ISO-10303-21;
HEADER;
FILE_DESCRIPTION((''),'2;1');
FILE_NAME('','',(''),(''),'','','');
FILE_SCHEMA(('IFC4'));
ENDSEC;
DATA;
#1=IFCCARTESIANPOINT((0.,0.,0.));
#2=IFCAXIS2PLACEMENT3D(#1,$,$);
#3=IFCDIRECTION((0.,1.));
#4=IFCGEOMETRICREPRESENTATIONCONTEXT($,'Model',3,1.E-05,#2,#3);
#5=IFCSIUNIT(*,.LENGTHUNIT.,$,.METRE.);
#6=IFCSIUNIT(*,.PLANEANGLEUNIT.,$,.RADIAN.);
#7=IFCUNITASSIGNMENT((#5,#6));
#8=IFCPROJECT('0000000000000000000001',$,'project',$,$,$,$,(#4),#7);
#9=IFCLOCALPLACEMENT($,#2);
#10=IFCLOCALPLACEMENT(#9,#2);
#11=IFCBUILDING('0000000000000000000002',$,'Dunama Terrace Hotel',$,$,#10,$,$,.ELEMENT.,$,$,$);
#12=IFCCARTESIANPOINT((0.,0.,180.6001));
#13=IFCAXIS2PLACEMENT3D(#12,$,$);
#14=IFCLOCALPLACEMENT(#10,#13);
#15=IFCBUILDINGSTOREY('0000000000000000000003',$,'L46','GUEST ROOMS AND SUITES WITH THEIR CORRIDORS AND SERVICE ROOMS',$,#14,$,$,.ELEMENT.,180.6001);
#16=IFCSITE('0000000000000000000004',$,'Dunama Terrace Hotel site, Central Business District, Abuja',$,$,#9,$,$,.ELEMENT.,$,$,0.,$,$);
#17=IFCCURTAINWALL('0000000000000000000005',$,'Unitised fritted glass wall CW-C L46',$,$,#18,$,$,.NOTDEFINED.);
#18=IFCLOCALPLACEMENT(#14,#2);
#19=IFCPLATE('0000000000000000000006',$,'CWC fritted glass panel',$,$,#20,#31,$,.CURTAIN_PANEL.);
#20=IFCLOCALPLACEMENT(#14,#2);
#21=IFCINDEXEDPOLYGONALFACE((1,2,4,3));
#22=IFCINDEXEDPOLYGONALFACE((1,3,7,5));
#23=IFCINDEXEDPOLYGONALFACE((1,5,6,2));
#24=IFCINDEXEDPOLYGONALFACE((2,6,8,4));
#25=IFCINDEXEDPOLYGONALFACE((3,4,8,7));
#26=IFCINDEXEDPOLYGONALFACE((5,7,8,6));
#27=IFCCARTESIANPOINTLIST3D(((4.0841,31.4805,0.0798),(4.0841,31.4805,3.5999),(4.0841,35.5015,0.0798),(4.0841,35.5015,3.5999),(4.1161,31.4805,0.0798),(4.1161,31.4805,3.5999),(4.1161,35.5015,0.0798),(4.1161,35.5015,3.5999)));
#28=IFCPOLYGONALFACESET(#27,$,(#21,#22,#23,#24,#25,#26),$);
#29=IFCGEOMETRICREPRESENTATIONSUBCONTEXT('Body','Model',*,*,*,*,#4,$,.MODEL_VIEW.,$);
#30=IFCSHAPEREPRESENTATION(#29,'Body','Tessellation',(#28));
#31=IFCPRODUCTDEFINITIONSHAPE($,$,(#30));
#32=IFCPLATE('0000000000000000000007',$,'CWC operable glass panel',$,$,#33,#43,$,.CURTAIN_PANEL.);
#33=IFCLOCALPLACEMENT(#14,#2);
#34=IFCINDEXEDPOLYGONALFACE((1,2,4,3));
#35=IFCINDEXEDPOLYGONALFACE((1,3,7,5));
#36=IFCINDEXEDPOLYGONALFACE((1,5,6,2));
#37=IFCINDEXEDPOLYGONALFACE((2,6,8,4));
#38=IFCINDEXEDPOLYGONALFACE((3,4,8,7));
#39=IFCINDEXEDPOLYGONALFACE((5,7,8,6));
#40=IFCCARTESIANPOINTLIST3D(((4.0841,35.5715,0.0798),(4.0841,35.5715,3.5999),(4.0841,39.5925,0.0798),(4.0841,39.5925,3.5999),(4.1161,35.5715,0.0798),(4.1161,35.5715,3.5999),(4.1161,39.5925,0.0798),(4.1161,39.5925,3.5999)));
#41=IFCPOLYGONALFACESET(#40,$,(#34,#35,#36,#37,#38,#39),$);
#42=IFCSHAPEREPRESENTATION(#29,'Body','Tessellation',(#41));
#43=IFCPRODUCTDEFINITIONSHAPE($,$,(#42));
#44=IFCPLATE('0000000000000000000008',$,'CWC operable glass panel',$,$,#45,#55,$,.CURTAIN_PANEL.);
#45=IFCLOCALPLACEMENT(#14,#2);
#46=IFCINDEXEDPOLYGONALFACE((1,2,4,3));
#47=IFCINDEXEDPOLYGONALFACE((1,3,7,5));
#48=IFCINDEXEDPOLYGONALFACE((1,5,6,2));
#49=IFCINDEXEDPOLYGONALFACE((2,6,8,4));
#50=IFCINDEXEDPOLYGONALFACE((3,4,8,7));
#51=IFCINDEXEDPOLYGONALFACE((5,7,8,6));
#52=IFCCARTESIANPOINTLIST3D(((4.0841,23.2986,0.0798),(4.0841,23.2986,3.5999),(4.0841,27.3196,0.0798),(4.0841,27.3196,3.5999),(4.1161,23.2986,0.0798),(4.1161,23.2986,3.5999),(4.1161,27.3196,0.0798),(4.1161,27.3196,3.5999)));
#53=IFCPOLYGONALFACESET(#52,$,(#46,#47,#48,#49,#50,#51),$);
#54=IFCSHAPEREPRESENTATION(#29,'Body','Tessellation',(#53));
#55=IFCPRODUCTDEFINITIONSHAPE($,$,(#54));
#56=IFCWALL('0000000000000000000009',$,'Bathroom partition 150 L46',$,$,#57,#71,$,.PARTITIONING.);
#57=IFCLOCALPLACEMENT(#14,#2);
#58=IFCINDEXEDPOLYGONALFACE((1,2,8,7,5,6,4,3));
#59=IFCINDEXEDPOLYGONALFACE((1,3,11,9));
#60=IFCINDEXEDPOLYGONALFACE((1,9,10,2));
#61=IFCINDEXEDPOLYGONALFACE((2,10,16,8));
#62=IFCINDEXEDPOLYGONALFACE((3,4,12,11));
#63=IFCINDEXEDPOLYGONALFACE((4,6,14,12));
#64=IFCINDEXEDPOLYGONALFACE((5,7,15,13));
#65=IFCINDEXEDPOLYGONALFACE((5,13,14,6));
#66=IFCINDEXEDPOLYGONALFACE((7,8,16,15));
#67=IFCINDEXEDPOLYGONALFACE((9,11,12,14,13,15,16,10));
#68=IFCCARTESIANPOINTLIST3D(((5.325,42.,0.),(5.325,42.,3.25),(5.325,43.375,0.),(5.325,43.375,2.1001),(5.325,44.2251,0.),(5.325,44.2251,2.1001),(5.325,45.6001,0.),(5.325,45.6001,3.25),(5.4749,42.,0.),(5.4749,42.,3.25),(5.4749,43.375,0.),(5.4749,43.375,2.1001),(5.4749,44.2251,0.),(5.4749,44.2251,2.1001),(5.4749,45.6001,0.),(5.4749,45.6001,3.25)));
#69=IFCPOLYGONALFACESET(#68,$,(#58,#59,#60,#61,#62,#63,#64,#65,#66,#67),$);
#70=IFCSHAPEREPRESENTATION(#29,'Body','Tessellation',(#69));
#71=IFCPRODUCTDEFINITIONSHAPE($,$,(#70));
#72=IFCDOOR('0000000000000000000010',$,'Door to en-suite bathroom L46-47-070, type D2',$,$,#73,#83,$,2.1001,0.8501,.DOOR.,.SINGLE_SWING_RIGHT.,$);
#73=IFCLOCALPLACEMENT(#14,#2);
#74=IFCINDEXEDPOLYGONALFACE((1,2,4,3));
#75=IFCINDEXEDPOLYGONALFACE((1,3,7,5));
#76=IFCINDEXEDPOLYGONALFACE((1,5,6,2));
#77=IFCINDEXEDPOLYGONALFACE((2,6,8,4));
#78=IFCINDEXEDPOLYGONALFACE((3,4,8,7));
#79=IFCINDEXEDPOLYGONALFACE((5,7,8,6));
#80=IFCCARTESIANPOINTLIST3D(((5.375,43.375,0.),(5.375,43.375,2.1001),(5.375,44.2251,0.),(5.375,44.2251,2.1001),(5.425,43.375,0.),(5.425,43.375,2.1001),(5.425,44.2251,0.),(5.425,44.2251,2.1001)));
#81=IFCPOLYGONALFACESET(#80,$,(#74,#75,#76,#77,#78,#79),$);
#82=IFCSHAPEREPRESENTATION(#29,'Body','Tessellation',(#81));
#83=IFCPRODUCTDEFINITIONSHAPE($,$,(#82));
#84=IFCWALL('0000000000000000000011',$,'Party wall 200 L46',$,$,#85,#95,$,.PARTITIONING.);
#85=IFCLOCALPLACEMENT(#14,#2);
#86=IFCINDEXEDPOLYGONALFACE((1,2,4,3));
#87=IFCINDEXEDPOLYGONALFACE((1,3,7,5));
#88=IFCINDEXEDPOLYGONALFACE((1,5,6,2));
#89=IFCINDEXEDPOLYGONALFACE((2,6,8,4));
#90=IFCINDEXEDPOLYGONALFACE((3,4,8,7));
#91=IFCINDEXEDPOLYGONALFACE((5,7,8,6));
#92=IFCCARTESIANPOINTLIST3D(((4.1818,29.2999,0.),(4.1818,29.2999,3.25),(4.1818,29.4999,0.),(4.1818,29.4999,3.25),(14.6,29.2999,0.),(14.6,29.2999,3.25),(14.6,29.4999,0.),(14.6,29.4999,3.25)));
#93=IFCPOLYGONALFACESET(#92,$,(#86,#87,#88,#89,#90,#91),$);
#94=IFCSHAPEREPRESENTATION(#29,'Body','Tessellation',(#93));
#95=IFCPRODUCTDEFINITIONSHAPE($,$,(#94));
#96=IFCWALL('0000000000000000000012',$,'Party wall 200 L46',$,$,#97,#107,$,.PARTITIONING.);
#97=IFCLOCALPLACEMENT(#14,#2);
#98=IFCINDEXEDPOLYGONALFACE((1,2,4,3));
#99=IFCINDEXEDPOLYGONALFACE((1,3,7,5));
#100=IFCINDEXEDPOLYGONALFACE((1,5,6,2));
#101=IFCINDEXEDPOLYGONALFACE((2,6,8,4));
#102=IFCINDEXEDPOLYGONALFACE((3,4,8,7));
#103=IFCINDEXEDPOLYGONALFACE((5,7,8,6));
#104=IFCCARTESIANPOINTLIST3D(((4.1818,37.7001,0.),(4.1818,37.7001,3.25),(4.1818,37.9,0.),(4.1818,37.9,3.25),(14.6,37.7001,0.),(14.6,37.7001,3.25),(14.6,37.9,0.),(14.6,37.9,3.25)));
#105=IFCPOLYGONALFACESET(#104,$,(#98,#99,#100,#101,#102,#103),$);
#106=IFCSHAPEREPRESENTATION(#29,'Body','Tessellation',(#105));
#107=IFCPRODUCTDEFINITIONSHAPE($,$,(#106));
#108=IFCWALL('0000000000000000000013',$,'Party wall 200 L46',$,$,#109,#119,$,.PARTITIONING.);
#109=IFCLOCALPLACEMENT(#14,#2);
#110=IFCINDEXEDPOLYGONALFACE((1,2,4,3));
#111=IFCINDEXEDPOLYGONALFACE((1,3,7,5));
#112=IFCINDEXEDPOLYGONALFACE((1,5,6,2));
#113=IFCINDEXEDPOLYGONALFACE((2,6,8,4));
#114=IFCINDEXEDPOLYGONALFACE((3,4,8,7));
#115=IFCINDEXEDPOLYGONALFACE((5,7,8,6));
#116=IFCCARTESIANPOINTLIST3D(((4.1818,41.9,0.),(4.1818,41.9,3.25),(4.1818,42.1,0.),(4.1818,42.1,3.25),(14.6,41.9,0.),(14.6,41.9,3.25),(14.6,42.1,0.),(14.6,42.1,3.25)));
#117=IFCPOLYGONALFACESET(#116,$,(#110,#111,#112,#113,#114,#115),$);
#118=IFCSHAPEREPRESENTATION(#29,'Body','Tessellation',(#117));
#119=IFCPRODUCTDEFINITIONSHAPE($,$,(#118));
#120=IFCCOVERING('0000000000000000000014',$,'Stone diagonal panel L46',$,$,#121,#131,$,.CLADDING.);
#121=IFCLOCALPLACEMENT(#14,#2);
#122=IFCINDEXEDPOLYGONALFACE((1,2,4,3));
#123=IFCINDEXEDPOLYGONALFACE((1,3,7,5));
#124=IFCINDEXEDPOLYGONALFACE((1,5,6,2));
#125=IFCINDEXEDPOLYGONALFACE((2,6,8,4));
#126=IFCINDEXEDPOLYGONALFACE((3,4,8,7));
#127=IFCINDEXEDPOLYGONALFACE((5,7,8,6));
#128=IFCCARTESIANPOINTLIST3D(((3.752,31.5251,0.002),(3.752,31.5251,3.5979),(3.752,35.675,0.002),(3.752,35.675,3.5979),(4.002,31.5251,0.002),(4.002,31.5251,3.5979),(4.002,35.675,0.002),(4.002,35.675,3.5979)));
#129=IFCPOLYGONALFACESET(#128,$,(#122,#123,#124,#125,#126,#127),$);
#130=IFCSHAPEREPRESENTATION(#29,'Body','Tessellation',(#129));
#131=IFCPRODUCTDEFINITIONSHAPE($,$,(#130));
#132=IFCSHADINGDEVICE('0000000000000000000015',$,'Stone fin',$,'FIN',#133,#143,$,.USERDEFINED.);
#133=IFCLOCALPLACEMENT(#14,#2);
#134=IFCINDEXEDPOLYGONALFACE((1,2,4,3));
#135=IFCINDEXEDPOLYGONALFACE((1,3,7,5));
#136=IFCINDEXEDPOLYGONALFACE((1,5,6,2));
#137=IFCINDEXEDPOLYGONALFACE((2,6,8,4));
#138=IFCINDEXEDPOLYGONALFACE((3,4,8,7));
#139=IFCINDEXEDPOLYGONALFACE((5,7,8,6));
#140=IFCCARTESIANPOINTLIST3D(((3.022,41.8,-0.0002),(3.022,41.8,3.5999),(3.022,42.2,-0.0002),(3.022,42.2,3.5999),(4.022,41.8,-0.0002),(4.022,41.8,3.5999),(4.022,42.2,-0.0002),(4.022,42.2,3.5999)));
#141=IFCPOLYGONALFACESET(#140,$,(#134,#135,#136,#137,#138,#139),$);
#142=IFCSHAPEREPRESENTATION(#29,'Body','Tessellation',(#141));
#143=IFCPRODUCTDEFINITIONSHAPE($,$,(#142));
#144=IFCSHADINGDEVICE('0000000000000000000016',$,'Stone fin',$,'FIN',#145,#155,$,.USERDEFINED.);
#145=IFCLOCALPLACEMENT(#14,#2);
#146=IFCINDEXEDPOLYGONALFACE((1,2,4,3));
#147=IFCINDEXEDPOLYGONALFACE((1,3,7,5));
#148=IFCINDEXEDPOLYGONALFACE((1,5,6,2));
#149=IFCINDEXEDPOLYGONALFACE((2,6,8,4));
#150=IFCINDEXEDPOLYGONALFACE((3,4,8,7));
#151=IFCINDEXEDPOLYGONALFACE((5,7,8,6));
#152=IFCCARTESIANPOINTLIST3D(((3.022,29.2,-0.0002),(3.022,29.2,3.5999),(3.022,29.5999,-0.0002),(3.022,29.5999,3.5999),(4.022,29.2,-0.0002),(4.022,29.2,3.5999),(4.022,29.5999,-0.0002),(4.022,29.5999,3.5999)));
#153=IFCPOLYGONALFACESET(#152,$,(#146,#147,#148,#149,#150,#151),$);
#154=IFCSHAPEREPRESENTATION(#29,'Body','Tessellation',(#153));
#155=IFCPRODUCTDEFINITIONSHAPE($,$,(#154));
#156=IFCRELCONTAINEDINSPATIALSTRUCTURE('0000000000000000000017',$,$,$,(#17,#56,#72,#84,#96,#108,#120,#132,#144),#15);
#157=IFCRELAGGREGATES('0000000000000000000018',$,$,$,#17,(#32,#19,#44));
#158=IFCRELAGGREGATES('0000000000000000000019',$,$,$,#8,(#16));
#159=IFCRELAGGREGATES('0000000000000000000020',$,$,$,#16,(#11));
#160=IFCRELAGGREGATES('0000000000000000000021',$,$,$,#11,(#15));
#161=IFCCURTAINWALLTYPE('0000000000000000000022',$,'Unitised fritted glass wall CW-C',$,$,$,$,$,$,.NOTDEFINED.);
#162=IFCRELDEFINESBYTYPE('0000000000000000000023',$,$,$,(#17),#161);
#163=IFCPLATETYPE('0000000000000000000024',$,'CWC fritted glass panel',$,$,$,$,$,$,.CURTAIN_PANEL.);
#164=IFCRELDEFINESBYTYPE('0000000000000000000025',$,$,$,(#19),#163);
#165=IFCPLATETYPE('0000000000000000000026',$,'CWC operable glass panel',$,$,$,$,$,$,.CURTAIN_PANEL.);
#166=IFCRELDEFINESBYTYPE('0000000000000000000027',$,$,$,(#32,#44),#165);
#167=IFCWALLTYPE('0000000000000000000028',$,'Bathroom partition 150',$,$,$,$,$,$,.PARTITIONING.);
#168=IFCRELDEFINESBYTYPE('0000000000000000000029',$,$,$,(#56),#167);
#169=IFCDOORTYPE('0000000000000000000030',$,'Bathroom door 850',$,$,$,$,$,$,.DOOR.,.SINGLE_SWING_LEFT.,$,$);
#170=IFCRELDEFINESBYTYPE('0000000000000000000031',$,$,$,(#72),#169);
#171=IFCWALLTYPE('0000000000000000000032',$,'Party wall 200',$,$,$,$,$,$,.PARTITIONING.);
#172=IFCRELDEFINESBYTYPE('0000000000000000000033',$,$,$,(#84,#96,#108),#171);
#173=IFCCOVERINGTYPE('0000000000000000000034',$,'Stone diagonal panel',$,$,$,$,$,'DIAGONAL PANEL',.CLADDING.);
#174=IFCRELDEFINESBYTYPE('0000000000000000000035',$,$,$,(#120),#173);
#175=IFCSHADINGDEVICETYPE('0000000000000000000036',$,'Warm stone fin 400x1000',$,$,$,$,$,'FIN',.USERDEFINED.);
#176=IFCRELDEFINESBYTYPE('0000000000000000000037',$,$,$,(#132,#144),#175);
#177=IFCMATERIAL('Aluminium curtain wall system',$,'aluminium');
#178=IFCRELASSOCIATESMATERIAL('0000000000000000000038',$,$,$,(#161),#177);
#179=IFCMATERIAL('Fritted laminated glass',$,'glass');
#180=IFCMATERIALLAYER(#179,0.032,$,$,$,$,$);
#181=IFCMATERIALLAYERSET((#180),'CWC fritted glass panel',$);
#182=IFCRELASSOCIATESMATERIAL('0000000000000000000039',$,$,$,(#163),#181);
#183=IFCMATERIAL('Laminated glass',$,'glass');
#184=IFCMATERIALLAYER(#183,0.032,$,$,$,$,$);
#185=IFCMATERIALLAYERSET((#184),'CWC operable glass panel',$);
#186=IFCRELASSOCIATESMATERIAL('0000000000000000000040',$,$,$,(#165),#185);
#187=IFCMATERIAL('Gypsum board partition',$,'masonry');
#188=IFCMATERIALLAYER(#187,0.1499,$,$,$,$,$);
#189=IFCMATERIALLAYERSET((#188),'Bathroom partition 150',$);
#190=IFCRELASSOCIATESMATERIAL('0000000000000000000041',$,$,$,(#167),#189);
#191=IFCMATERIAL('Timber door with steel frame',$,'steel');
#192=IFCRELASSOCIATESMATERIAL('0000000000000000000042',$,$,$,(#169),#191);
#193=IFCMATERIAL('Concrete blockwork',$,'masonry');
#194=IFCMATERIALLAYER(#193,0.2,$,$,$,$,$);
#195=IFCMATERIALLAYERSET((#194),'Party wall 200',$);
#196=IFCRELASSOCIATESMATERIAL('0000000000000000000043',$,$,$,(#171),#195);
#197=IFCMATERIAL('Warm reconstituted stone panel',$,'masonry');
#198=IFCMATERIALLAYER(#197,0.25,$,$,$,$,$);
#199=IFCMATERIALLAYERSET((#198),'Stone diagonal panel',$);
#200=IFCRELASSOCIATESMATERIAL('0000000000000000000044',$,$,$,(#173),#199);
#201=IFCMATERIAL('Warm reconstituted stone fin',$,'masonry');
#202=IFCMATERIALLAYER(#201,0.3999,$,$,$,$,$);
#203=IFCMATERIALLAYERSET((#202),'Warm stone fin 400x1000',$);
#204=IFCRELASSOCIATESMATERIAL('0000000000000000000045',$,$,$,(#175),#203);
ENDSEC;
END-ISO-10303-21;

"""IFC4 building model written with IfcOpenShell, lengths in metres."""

from ifc_helpers import new_model, si_unit, direction, frame, frame_2d, origin, origin_2d, place, context, subcontext, project, spatial, rectangle, extrude, material, layer, layer_set, type_object, element, fill, aggregate, save


model = new_model("IFC4")

# Units and contexts
model_context = context("Model", 3, precision=1e-05, world=origin(), true_north=direction((0.0, 1.0)))
body_context = subcontext(model_context, "Body", "Model", "MODEL_VIEW")
ifc_project = project(units=[si_unit("LENGTHUNIT", "METRE"), si_unit("PLANEANGLEUNIT", "RADIAN")], contexts=[model_context])

# Site, building, storey
site_placement = place(None, origin())
site = spatial("IfcSite", under=ifc_project, at=site_placement, Name="Dunama Terrace Hotel site, Central Business District, Abuja", CompositionType="ELEMENT", RefElevation=0.0)
building_placement = place(site_placement, origin())
building = spatial("IfcBuilding", under=site, at=building_placement, Name="Dunama Terrace Hotel", CompositionType="ELEMENT")
storey_placement = place(building_placement, frame((0.0, 0.0, 180.6001)))
storey = spatial("IfcBuildingStorey", under=building, at=storey_placement, Name="L46", Description="GUEST ROOMS AND SUITES WITH THEIR CORRIDORS AND SERVICE ROOMS", CompositionType="ELEMENT", Elevation=180.6001)

# Curtain wall
ifc_material_1 = material(Name="Aluminium curtain wall system", Category="aluminium")
curtain_wall_type = type_object("IfcCurtainWallType", Name="Unitised fritted glass wall CW-C", PredefinedType="NOTDEFINED", material=ifc_material_1)
curtain_wall_placement = place(storey_placement, origin())
curtain_wall = element("IfcCurtainWall", 1, at=curtain_wall_placement, inside=storey, type_object=curtain_wall_type, Name="Unitised fritted glass wall CW-C L46", PredefinedType="NOTDEFINED")

# Plates
ifc_material_2 = material(Name="Fritted laminated glass", Category="glass")
ifc_layer_1 = layer(ifc_material_2, 0.032)
ifc_layer_set_1 = layer_set([ifc_layer_1], Name="CWC fritted glass panel")
plate_type_1 = type_object("IfcPlateType", Name="CWC fritted glass panel", PredefinedType="CURTAIN_PANEL", material=ifc_layer_set_1)
plate_1_placement = place(storey_placement, frame((4.1001, 33.491, 0.0798), z_axis=(0.0, 0.0, 1.0), x_axis=(0.0, -1.0, 0.0)))
plate_1 = element("IfcPlate", 2, at=plate_1_placement, type_object=plate_type_1, Name="CWC fritted glass panel", PredefinedType="CURTAIN_PANEL", context=body_context, shape_type="SweptSolid", body=[
    extrude(rectangle(XDim=4.021, YDim=0.032, at=origin_2d()), origin(), (0.0, 0.0, 1.0), 3.52),
])
ifc_material_3 = material(Name="Laminated glass", Category="glass")
ifc_layer_2 = layer(ifc_material_3, 0.032)
ifc_layer_set_2 = layer_set([ifc_layer_2], Name="CWC operable glass panel")
plate_type_2 = type_object("IfcPlateType", Name="CWC operable glass panel", PredefinedType="CURTAIN_PANEL", material=ifc_layer_set_2)
plate_2_placement = place(storey_placement, frame((4.1001, 37.582, 0.0798), z_axis=(0.0, 0.0, 1.0), x_axis=(0.0, -1.0, 0.0)))
plate_2 = element("IfcPlate", 3, at=plate_2_placement, type_object=plate_type_2, Name="CWC operable glass panel", PredefinedType="CURTAIN_PANEL", context=body_context, shape_type="SweptSolid", body=[
    extrude(rectangle(XDim=4.021, YDim=0.032, at=origin_2d()), origin(), (0.0, 0.0, 1.0), 3.52),
])
plate_3_placement = place(storey_placement, frame((4.1001, 25.3091, 0.0798), z_axis=(0.0, 0.0, 1.0), x_axis=(0.0, -1.0, 0.0)))
plate_3 = element("IfcPlate", 4, at=plate_3_placement, type_object=plate_type_2, Name="CWC operable glass panel", PredefinedType="CURTAIN_PANEL", context=body_context, shape_type="SweptSolid", body=[
    extrude(rectangle(XDim=4.021, YDim=0.032, at=origin_2d()), origin(), (0.0, 0.0, 1.0), 3.52),
])
aggregate(curtain_wall, [plate_2, plate_1, plate_3])

# Wall, opening, door
ifc_material_4 = material(Name="Gypsum board partition", Category="masonry")
ifc_layer_3 = layer(ifc_material_4, 0.1499)
ifc_layer_set_3 = layer_set([ifc_layer_3], Name="Bathroom partition 150")
wall_type_1 = type_object("IfcWallType", Name="Bathroom partition 150", PredefinedType="PARTITIONING", material=ifc_layer_set_3)
wall_placement = place(storey_placement, frame((5.3999, 42.0, 0.0), z_axis=(0.0, 0.0, 1.0), x_axis=(0.0, 1.0, 0.0)))
wall = element("IfcWall", 5, at=wall_placement, inside=storey, type_object=wall_type_1, Name="Bathroom partition 150 L46", PredefinedType="PARTITIONING", context=body_context, shape_type="SweptSolid", body=[
    extrude(rectangle(XDim=3.6001, YDim=0.1499, at=frame_2d((1.8, 0.0))), origin(), (0.0, 0.0, 1.0), 3.25),
])
opening_placement = place(wall_placement, frame((1.375, 0.0, 0.0)))
opening = element("IfcOpeningElement", 6, at=opening_placement, cuts=wall, PredefinedType="OPENING", context=body_context, shape_type="SweptSolid", body=[
    extrude(rectangle(XDim=0.8501, YDim=2.1001, at=frame_2d((0.425, 1.05))), frame((0.0, 0.085, 0.0), z_axis=(0.0, -1.0, 0.0), x_axis=(1.0, 0.0, 0.0)), (0.0, 0.0, 1.0), 0.1699),
])
ifc_material_5 = material(Name="Timber door with steel frame", Category="steel")
door_type = type_object("IfcDoorType", Name="Bathroom door 850", OperationType="SINGLE_SWING_LEFT", PredefinedType="DOOR", material=ifc_material_5)
door_placement = place(opening_placement, frame((0.8501, 0.0, 0.0), z_axis=(0.0, 0.0, 1.0), x_axis=(-1.0, 0.0, 0.0)))
door = element("IfcDoor", 7, at=door_placement, inside=storey, type_object=door_type, Name="Door to en-suite bathroom L46-47-070, type D2", OperationType="SINGLE_SWING_RIGHT", OverallHeight=2.1001, OverallWidth=0.8501, PredefinedType="DOOR", context=body_context, shape_type="SweptSolid", body=[
    extrude(rectangle(XDim=0.8501, YDim=2.1001, at=frame_2d((0.425, 1.05))), frame((0.0, 0.0251, 0.0), z_axis=(0.0, -1.0, 0.0), x_axis=(1.0, 0.0, 0.0)), (0.0, 0.0, 1.0), 0.05),
])
fill(opening, door)

# Walls
ifc_material_6 = material(Name="Concrete blockwork", Category="masonry")
ifc_layer_4 = layer(ifc_material_6, 0.2)
ifc_layer_set_4 = layer_set([ifc_layer_4], Name="Party wall 200")
wall_type_2 = type_object("IfcWallType", Name="Party wall 200", PredefinedType="PARTITIONING", material=ifc_layer_set_4)
for number, where, z_axis, x_axis, name in (
    (8, (4.1819, 29.3999, 0.0), (0.0, 0.0, 1.0), (1.0, 0.0, 0.0), "Party wall 200 L46"),
    (9, (4.1819, 37.8, 0.0), (0.0, 0.0, 1.0), (1.0, 0.0, 0.0), "Party wall 200 L46"),
    (10, (4.1819, 42.0, 0.0), (0.0, 0.0, 1.0), (1.0, 0.0, 0.0), "Party wall 200 L46"),
):
    element("IfcWall", number, at=place(storey_placement, frame(where, z_axis=z_axis, x_axis=x_axis)), inside=storey, type_object=wall_type_2, Name=name, PredefinedType="PARTITIONING", context=body_context, shape_type="SweptSolid", body=[
        extrude(rectangle(XDim=10.4182, YDim=0.2, at=frame_2d((5.209, 0.0))), origin(), (0.0, 0.0, 1.0), 3.25),
    ])

# Covering
ifc_material_7 = material(Name="Warm reconstituted stone panel", Category="masonry")
ifc_layer_5 = layer(ifc_material_7, 0.25)
ifc_layer_set_5 = layer_set([ifc_layer_5], Name="Stone diagonal panel")
covering_type = type_object("IfcCoveringType", Name="Stone diagonal panel", ElementType="DIAGONAL PANEL", PredefinedType="CLADDING", material=ifc_layer_set_5)
covering_placement = place(storey_placement, frame((3.877, 33.6001, 0.002), z_axis=(0.0, 0.0, 1.0), x_axis=(0.0, -1.0, 0.0)))
element("IfcCovering", 11, at=covering_placement, inside=storey, type_object=covering_type, Name="Stone diagonal panel L46", PredefinedType="CLADDING", context=body_context, shape_type="SweptSolid", body=[
    extrude(rectangle(XDim=4.1499, YDim=0.25, at=origin_2d()), origin(), (0.0, 0.0, 1.0), 3.5959),
])

# Shading devices
ifc_material_8 = material(Name="Warm reconstituted stone fin", Category="masonry")
ifc_layer_6 = layer(ifc_material_8, 0.3999)
ifc_layer_set_6 = layer_set([ifc_layer_6], Name="Warm stone fin 400x1000")
shading_device_type = type_object("IfcShadingDeviceType", Name="Warm stone fin 400x1000", ElementType="FIN", PredefinedType="USERDEFINED", material=ifc_layer_set_6)
for number, where, z_axis, x_axis, name in (
    (12, (3.522, 42.0, -0.0002), (0.0, 0.0, 1.0), (0.0, -1.0, 0.0), "Stone fin"),
    (13, (3.522, 29.3999, -0.0002), (0.0, 0.0, 1.0), (0.0, -1.0, 0.0), "Stone fin"),
):
    element("IfcShadingDevice", number, at=place(storey_placement, frame(where, z_axis=z_axis, x_axis=x_axis)), inside=storey, type_object=shading_device_type, Name=name, ObjectType="FIN", PredefinedType="USERDEFINED", context=body_context, shape_type="SweptSolid", body=[
        extrude(rectangle(XDim=0.3999, YDim=1.0, at=origin_2d()), origin(), (0.0, 0.0, 1.0), 3.6001),
    ])

save(model, "model.ifc")
